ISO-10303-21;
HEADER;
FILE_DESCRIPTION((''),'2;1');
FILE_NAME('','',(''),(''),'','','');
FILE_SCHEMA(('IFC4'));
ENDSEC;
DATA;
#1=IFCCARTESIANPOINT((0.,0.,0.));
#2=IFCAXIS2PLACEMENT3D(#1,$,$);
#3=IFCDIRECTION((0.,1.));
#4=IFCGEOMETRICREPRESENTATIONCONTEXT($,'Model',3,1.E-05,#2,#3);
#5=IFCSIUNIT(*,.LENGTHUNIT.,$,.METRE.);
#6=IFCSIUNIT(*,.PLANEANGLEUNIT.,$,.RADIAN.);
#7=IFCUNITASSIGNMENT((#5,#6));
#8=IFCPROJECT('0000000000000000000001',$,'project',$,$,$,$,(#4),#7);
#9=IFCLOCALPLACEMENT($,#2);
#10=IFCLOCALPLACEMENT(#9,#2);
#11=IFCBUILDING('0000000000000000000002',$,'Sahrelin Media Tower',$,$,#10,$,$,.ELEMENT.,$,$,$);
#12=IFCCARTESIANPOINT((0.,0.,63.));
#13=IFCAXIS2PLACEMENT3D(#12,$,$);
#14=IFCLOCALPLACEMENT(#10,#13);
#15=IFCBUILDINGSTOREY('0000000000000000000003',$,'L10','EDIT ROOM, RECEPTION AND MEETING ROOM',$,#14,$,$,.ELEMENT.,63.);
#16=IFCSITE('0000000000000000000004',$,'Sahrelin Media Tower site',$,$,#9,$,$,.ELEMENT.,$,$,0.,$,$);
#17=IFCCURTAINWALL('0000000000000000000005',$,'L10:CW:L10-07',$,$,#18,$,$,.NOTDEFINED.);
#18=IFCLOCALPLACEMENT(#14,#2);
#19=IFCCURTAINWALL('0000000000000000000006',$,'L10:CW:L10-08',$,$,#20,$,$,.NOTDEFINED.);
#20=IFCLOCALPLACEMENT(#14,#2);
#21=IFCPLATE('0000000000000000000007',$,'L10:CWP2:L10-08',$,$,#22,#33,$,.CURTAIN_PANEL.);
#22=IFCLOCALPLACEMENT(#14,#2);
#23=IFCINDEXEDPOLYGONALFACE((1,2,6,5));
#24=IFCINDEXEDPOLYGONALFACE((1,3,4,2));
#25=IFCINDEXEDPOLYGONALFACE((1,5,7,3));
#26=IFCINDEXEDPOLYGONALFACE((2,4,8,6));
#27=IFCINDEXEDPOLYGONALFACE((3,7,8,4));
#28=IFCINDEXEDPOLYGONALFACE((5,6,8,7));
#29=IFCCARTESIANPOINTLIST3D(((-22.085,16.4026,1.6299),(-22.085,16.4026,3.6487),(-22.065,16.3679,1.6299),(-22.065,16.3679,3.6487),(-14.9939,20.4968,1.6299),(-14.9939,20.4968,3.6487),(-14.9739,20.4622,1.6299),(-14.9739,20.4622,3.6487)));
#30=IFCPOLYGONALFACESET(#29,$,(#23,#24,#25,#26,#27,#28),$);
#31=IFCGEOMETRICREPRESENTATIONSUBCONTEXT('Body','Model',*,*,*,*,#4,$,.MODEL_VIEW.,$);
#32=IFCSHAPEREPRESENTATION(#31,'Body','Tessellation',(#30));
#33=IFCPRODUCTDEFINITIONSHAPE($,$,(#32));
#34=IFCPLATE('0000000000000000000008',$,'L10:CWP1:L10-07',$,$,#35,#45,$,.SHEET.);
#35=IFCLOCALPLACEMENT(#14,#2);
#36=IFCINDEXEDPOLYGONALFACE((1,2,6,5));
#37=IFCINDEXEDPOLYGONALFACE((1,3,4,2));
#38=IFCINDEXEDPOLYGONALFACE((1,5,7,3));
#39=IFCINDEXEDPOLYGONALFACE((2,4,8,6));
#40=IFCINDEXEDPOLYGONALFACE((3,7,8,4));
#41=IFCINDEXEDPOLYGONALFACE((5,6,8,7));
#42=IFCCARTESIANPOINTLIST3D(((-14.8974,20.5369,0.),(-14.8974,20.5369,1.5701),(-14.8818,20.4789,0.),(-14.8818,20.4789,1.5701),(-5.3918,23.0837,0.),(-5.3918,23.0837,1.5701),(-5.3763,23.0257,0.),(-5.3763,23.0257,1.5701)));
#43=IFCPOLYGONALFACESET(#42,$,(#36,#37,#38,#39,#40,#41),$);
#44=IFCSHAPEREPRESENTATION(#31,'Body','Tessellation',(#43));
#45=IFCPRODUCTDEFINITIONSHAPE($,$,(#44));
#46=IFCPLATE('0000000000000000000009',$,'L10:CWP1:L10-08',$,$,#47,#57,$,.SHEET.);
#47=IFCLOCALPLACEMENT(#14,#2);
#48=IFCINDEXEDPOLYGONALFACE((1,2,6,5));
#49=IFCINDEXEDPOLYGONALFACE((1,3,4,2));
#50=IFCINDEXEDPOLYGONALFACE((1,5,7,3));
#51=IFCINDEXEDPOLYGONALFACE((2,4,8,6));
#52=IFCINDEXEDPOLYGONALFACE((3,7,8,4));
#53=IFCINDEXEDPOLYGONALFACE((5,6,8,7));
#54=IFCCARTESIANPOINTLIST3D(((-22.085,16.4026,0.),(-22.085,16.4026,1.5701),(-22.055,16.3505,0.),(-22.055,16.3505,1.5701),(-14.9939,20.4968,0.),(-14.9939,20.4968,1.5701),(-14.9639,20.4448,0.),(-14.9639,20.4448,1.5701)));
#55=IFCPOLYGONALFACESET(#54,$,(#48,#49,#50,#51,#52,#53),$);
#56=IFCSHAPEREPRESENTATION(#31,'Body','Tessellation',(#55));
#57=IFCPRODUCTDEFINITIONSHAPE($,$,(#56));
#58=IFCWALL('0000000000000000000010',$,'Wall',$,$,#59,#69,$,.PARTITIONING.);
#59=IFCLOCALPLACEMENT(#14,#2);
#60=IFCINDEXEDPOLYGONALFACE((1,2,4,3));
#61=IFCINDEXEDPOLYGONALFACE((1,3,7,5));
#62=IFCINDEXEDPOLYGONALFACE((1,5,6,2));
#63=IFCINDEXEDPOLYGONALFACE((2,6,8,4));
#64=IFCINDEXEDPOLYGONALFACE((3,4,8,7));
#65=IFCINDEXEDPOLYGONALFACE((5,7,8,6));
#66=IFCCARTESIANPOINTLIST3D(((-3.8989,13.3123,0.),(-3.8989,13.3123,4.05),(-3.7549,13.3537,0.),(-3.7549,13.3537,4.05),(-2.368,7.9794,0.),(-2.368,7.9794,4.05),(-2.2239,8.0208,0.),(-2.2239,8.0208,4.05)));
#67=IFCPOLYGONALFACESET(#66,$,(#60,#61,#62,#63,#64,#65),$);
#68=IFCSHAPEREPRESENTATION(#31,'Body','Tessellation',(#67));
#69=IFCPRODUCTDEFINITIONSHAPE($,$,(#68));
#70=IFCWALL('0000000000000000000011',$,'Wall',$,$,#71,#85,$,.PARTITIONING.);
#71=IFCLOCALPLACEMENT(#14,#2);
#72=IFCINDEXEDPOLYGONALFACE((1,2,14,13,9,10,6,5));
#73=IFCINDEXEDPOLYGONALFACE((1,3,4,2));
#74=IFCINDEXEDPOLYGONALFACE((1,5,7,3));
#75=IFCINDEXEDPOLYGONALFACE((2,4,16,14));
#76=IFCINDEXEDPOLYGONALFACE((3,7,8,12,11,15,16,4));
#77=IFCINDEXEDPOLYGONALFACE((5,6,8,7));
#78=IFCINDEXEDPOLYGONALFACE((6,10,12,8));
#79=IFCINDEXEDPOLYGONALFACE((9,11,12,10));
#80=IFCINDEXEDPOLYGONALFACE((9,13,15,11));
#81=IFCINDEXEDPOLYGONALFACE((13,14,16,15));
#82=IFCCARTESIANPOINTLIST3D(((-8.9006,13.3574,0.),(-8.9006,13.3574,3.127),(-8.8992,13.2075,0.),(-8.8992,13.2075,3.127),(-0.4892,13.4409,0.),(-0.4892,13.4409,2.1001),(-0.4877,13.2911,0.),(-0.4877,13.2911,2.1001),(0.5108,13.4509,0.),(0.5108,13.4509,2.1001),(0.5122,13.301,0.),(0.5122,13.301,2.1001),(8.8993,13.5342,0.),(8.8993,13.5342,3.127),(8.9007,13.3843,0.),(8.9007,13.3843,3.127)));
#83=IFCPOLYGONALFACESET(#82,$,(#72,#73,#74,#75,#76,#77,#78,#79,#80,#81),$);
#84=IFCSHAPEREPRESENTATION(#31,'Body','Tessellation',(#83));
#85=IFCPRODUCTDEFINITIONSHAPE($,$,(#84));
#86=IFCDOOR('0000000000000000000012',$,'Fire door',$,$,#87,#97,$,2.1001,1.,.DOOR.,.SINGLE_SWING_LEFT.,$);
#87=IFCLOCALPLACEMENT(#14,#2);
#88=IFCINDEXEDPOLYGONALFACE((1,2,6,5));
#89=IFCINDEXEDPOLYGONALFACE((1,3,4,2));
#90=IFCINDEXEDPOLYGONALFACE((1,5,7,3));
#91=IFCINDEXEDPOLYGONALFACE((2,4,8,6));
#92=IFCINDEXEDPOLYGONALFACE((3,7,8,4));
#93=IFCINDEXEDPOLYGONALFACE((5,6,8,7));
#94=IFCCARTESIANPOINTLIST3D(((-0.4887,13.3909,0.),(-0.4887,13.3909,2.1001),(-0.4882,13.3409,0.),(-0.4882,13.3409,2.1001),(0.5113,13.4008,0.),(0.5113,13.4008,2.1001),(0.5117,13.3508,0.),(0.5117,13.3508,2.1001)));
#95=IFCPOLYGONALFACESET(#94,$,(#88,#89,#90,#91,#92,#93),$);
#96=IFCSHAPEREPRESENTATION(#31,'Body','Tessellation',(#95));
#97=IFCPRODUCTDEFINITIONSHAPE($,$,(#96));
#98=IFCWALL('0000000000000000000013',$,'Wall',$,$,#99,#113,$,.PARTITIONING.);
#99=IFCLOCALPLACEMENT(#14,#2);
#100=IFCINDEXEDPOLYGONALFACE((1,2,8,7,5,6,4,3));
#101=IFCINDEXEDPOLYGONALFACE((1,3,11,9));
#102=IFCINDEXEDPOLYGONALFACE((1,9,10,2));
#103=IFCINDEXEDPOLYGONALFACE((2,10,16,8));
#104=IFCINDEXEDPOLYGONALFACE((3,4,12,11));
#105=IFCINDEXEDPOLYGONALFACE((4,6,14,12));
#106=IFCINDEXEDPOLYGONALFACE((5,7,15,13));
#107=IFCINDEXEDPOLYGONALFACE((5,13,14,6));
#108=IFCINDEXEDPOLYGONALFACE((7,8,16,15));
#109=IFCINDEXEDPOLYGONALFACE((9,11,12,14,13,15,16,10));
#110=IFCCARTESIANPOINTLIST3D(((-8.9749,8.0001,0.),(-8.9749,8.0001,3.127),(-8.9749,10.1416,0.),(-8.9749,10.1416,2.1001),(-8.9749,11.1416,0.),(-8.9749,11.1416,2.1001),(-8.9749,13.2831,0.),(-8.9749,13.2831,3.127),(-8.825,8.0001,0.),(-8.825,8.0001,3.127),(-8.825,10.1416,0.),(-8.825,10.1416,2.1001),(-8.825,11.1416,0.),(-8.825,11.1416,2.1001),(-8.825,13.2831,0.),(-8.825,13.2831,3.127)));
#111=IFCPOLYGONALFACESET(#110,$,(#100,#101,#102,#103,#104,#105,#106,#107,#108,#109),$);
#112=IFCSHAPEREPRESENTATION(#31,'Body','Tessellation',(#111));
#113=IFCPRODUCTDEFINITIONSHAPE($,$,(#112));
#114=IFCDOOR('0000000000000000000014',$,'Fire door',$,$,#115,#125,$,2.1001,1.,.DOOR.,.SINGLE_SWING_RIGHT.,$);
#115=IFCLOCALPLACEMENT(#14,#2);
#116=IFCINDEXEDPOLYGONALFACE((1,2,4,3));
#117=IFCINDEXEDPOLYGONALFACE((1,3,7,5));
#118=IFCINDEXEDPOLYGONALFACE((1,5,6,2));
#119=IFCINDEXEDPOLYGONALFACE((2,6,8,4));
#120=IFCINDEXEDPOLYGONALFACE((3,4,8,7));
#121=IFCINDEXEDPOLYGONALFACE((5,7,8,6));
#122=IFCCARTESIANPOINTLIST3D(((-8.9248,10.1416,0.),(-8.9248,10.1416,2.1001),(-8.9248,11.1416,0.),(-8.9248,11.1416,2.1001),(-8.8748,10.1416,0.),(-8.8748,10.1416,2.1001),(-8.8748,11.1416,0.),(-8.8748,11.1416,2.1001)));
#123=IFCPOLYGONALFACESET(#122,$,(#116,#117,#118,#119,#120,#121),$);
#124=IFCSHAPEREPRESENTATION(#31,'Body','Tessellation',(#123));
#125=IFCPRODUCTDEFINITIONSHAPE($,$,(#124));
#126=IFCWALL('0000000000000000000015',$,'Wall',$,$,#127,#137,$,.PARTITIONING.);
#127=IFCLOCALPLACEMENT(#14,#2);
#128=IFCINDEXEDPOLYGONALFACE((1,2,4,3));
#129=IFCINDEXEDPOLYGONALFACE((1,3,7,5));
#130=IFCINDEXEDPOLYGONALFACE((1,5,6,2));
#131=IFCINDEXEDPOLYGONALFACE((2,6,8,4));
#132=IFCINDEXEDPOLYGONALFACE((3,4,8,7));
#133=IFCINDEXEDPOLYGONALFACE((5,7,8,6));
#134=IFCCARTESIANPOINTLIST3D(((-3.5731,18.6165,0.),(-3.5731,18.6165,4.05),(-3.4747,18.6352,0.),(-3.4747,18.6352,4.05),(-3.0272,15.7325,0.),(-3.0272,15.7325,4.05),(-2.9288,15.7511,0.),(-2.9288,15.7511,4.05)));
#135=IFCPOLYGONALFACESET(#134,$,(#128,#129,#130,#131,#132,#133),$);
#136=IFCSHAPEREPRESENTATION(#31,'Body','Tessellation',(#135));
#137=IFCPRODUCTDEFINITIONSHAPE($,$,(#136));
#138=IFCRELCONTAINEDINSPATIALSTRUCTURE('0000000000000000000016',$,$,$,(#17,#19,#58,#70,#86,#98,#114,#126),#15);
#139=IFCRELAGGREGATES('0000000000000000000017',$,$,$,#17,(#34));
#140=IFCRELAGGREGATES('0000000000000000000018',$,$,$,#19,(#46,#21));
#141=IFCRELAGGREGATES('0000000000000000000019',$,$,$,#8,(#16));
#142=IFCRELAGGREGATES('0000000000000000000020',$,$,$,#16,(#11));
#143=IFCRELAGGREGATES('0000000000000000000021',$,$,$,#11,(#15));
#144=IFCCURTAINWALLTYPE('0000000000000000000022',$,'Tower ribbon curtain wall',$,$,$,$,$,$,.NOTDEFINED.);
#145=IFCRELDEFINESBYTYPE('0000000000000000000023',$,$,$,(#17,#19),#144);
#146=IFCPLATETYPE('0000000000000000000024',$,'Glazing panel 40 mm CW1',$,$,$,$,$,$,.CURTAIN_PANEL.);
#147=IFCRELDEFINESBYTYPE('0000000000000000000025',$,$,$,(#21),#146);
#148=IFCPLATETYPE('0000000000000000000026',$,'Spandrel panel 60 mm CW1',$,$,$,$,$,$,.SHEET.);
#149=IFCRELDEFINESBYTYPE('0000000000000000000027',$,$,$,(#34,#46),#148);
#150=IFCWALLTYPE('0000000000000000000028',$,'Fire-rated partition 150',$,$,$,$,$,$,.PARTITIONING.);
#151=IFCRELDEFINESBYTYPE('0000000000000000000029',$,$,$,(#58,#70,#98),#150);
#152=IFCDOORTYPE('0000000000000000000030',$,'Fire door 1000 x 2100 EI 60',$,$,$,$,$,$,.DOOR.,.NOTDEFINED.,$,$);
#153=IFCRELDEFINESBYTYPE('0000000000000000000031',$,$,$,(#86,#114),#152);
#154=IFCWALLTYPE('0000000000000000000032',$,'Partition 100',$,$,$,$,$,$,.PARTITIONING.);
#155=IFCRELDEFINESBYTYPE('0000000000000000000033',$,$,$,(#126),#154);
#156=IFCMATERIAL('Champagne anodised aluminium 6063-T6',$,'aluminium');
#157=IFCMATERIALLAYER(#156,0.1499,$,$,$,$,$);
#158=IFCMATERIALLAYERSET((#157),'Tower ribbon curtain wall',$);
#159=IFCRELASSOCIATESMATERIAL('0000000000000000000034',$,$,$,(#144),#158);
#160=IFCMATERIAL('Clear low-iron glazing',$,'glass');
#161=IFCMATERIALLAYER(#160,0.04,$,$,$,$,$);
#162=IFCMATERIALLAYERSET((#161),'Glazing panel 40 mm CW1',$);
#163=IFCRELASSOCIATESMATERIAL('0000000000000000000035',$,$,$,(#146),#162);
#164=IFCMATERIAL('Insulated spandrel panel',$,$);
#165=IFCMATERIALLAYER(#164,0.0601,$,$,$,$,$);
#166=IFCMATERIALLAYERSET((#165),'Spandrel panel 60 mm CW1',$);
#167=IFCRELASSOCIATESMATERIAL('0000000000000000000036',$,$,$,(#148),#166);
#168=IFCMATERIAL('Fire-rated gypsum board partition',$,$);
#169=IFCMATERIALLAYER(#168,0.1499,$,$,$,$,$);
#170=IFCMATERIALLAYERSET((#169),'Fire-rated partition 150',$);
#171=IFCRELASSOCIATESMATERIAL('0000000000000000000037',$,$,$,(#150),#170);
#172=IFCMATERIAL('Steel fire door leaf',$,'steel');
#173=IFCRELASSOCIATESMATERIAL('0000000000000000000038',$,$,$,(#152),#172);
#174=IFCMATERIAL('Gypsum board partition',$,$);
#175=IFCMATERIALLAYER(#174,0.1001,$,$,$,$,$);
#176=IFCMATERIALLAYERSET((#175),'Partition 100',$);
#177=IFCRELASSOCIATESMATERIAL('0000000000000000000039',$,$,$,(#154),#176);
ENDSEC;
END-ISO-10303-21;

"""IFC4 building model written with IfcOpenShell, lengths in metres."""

from ifc_helpers import new_model, si_unit, direction, frame, frame_2d, origin, place, context, subcontext, project, spatial, polyline, rectangle, outline, extrude, material, layer, layer_set, type_object, element, fill, aggregate, save


model = new_model("IFC4")

# Units and contexts
model_context = context("Model", 3, precision=1e-05, world=origin(), true_north=direction((0.0, 1.0)))
body_context = subcontext(model_context, "Body", "Model", "MODEL_VIEW")
ifc_project = project(units=[si_unit("LENGTHUNIT", "METRE"), si_unit("PLANEANGLEUNIT", "RADIAN")], contexts=[model_context])

# Site, building, storey
site_placement = place(None, origin())
site = spatial("IfcSite", under=ifc_project, at=site_placement, Name="Sahrelin Media Tower site", CompositionType="ELEMENT", RefElevation=0.0)
building_placement = place(site_placement, origin())
building = spatial("IfcBuilding", under=site, at=building_placement, Name="Sahrelin Media Tower", CompositionType="ELEMENT")
storey_placement = place(building_placement, frame((0.0, 0.0, 63.0)))
storey = spatial("IfcBuildingStorey", under=building, at=storey_placement, Name="L10", Description="EDIT ROOM, RECEPTION AND MEETING ROOM", CompositionType="ELEMENT", Elevation=63.0)

# Curtain wall
ifc_material_1 = material(Name="Champagne anodised aluminium 6063-T6", Category="aluminium")
ifc_layer_1 = layer(ifc_material_1, 0.1499)
ifc_layer_set_1 = layer_set([ifc_layer_1], Name="Tower ribbon curtain wall")
curtain_wall_type = type_object("IfcCurtainWallType", Name="Tower ribbon curtain wall", PredefinedType="NOTDEFINED", material=ifc_layer_set_1)
curtain_wall_1_placement = place(storey_placement, frame((-10.1394, 21.791, 0.0), z_axis=(0.0, 0.0, 1.0), x_axis=(1.0, 0.0, 0.0)))
curtain_wall_1 = element("IfcCurtainWall", 1, at=curtain_wall_1_placement, inside=storey, type_object=curtain_wall_type, Name="L10:CW:L10-07", PredefinedType="NOTDEFINED")

# Curtain wall
curtain_wall_2_placement = place(storey_placement, frame((-18.5293, 18.4326, 0.0), z_axis=(0.0, 0.0, 1.0), x_axis=(1.0, 0.0, 0.0)))
curtain_wall_2 = element("IfcCurtainWall", 2, at=curtain_wall_2_placement, inside=storey, type_object=curtain_wall_type, Name="L10:CW:L10-08", PredefinedType="NOTDEFINED")

# Plates
ifc_material_2 = material(Name="Clear low-iron glazing", Category="glass")
ifc_layer_2 = layer(ifc_material_2, 0.04)
ifc_layer_set_2 = layer_set([ifc_layer_2], Name="Glazing panel 40 mm CW1")
plate_type_1 = type_object("IfcPlateType", Name="Glazing panel 40 mm CW1", PredefinedType="CURTAIN_PANEL", material=ifc_layer_set_2)
plate_1_placement = place(storey_placement, frame((-14.9939, 20.4968, 1.6299), z_axis=(-0.500019, 0.866014, 0.0), x_axis=(-0.866014, -0.500019, 0.0)))
plate_1 = element("IfcPlate", 3, at=plate_1_placement, type_object=plate_type_1, Name="L10:CWP2:L10-08", PredefinedType="CURTAIN_PANEL", context=body_context, shape_type="SweptSolid", body=[
    extrude(outline(polyline([(0.0, 0.0), (8.1882, 0.0), (8.1882, 2.0188), (0.0, 2.0188), (0.0, 0.0)])), origin(), (0.0, 0.0, -1.0), 0.04),
])
ifc_material_3 = material(Name="Insulated spandrel panel")
ifc_layer_3 = layer(ifc_material_3, 0.0601)
ifc_layer_set_3 = layer_set([ifc_layer_3], Name="Spandrel panel 60 mm CW1")
plate_type_2 = type_object("IfcPlateType", Name="Spandrel panel 60 mm CW1", PredefinedType="SHEET", material=ifc_layer_set_3)
plate_2_placement = place(storey_placement, frame((-5.3918, 23.0837, 0.0), z_axis=(-0.258805, 0.96593, 0.0), x_axis=(-0.96593, -0.258805, 0.0)))
plate_2 = element("IfcPlate", 4, at=plate_2_placement, type_object=plate_type_2, Name="L10:CWP1:L10-07", PredefinedType="SHEET", context=body_context, shape_type="SweptSolid", body=[
    extrude(outline(polyline([(0.0, 0.0), (9.8408, 0.0), (9.8408, 1.5701), (0.0, 1.5701), (0.0, 0.0)])), origin(), (0.0, 0.0, -1.0), 0.0601),
])
aggregate(curtain_wall_1, [plate_2])
plate_3_placement = place(storey_placement, frame((-14.9939, 20.4968, 0.0), z_axis=(-0.500019, 0.866014, 0.0), x_axis=(-0.866014, -0.500019, 0.0)))
plate_3 = element("IfcPlate", 5, at=plate_3_placement, type_object=plate_type_2, Name="L10:CWP1:L10-08", PredefinedType="SHEET", context=body_context, shape_type="SweptSolid", body=[
    extrude(outline(polyline([(0.0, 0.0), (8.1882, 0.0), (8.1882, 1.5701), (0.0, 1.5701), (0.0, 0.0)])), origin(), (0.0, 0.0, -1.0), 0.0601),
])
aggregate(curtain_wall_2, [plate_3, plate_1])

# Wall
ifc_material_4 = material(Name="Fire-rated gypsum board partition")
ifc_layer_4 = layer(ifc_material_4, 0.1499)
ifc_layer_set_4 = layer_set([ifc_layer_4], Name="Fire-rated partition 150")
wall_type_1 = type_object("IfcWallType", Name="Fire-rated partition 150", PredefinedType="PARTITIONING", material=ifc_layer_set_4)
wall_1_placement = place(storey_placement, frame((-3.8269, 13.333, 0.0), z_axis=(0.0, 0.0, 1.0), x_axis=(0.275936, -0.961176, 0.0)))
element("IfcWall", 6, at=wall_1_placement, inside=storey, type_object=wall_type_1, Name="Wall", PredefinedType="PARTITIONING", context=body_context, shape_type="SweptSolid", body=[
    extrude(rectangle(XDim=5.5483, YDim=0.1499, at=frame_2d((2.7742, 0.0))), origin(), (0.0, 0.0, 1.0), 4.05),
])

# Walls, openings, doors
wall_2_placement = place(storey_placement, frame((-8.8999, 13.2825, 0.0), z_axis=(0.0, 0.0, 1.0), x_axis=(0.999951, 0.00993, 0.0)))
wall_2 = element("IfcWall", 7, at=wall_2_placement, inside=storey, type_object=wall_type_1, Name="Wall", PredefinedType="PARTITIONING", context=body_context, shape_type="SweptSolid", body=[
    extrude(rectangle(XDim=17.8008, YDim=0.1499, at=frame_2d((8.9004, 0.0))), origin(), (0.0, 0.0, 1.0), 3.127),
])
opening_1_placement = place(wall_2_placement, frame((8.4119, 0.0, 0.0)))
opening_1 = element("IfcOpeningElement", 8, at=opening_1_placement, cuts=wall_2, PredefinedType="OPENING", context=body_context, shape_type="SweptSolid", body=[
    extrude(rectangle(XDim=1.0, YDim=2.1001, at=frame_2d((0.5, 1.05))), frame((0.0, 0.075, 0.0), z_axis=(0.0, -1.0, 0.0), x_axis=(1.0, 0.0, 0.0)), (0.0, 0.0, 1.0), 0.1499),
])
ifc_material_5 = material(Name="Steel fire door leaf", Category="steel")
door_type = type_object("IfcDoorType", Name="Fire door 1000 x 2100 EI 60", OperationType="NOTDEFINED", PredefinedType="DOOR", material=ifc_material_5)
door_1_placement = place(opening_1_placement, origin())
door_1 = element("IfcDoor", 9, at=door_1_placement, inside=storey, type_object=door_type, Name="Fire door", OperationType="SINGLE_SWING_LEFT", OverallHeight=2.1001, OverallWidth=1.0, PredefinedType="DOOR", context=body_context, shape_type="SweptSolid", body=[
    extrude(rectangle(XDim=1.0, YDim=2.1001, at=frame_2d((0.5, 1.05))), frame((0.0, 0.0249, 0.0), z_axis=(0.0, -1.0, 0.0), x_axis=(1.0, 0.0, 0.0)), (0.0, 0.0, 1.0), 0.05),
])
fill(opening_1, door_1)
wall_3_placement = place(storey_placement, frame((-8.8999, 8.0, 0.0), z_axis=(0.0, 0.0, 1.0), x_axis=(0.0, 1.0, 0.0)))
wall_3 = element("IfcWall", 10, at=wall_3_placement, inside=storey, type_object=wall_type_1, Name="Wall", PredefinedType="PARTITIONING", context=body_context, shape_type="SweptSolid", body=[
    extrude(rectangle(XDim=5.283, YDim=0.1499, at=frame_2d((2.6416, 0.0))), origin(), (0.0, 0.0, 1.0), 3.127),
])
opening_2_placement = place(wall_3_placement, frame((2.1416, 0.0, 0.0)))
opening_2 = element("IfcOpeningElement", 11, at=opening_2_placement, cuts=wall_3, PredefinedType="OPENING", context=body_context, shape_type="SweptSolid", body=[
    extrude(rectangle(XDim=1.0, YDim=2.1001, at=frame_2d((0.5, 1.05))), frame((0.0, 0.075, 0.0), z_axis=(0.0, -1.0, 0.0), x_axis=(1.0, 0.0, 0.0)), (0.0, 0.0, 1.0), 0.1499),
])
door_2_placement = place(opening_2_placement, origin())
door_2 = element("IfcDoor", 12, at=door_2_placement, inside=storey, type_object=door_type, Name="Fire door", OperationType="SINGLE_SWING_RIGHT", OverallHeight=2.1001, OverallWidth=1.0, PredefinedType="DOOR", context=body_context, shape_type="SweptSolid", body=[
    extrude(rectangle(XDim=1.0, YDim=2.1001, at=frame_2d((0.5, 1.05))), frame((0.0, 0.0249, 0.0), z_axis=(0.0, -1.0, 0.0), x_axis=(1.0, 0.0, 0.0)), (0.0, 0.0, 1.0), 0.05),
])
fill(opening_2, door_2)

# Wall
ifc_material_6 = material(Name="Gypsum board partition")
ifc_layer_5 = layer(ifc_material_6, 0.1001)
ifc_layer_set_5 = layer_set([ifc_layer_5], Name="Partition 100")
wall_type_2 = type_object("IfcWallType", Name="Partition 100", PredefinedType="PARTITIONING", material=ifc_layer_set_5)
wall_4_placement = place(storey_placement, frame((-3.5239, 18.626, 0.0), z_axis=(0.0, 0.0, 1.0), x_axis=(0.185981, -0.982553, 0.0)))
element("IfcWall", 13, at=wall_4_placement, inside=storey, type_object=wall_type_2, Name="Wall", PredefinedType="PARTITIONING", context=body_context, shape_type="SweptSolid", body=[
    extrude(rectangle(XDim=2.9353, YDim=0.1001, at=frame_2d((1.4678, 0.0))), origin(), (0.0, 0.0, 1.0), 4.05),
])

save(model, "model.ifc")
